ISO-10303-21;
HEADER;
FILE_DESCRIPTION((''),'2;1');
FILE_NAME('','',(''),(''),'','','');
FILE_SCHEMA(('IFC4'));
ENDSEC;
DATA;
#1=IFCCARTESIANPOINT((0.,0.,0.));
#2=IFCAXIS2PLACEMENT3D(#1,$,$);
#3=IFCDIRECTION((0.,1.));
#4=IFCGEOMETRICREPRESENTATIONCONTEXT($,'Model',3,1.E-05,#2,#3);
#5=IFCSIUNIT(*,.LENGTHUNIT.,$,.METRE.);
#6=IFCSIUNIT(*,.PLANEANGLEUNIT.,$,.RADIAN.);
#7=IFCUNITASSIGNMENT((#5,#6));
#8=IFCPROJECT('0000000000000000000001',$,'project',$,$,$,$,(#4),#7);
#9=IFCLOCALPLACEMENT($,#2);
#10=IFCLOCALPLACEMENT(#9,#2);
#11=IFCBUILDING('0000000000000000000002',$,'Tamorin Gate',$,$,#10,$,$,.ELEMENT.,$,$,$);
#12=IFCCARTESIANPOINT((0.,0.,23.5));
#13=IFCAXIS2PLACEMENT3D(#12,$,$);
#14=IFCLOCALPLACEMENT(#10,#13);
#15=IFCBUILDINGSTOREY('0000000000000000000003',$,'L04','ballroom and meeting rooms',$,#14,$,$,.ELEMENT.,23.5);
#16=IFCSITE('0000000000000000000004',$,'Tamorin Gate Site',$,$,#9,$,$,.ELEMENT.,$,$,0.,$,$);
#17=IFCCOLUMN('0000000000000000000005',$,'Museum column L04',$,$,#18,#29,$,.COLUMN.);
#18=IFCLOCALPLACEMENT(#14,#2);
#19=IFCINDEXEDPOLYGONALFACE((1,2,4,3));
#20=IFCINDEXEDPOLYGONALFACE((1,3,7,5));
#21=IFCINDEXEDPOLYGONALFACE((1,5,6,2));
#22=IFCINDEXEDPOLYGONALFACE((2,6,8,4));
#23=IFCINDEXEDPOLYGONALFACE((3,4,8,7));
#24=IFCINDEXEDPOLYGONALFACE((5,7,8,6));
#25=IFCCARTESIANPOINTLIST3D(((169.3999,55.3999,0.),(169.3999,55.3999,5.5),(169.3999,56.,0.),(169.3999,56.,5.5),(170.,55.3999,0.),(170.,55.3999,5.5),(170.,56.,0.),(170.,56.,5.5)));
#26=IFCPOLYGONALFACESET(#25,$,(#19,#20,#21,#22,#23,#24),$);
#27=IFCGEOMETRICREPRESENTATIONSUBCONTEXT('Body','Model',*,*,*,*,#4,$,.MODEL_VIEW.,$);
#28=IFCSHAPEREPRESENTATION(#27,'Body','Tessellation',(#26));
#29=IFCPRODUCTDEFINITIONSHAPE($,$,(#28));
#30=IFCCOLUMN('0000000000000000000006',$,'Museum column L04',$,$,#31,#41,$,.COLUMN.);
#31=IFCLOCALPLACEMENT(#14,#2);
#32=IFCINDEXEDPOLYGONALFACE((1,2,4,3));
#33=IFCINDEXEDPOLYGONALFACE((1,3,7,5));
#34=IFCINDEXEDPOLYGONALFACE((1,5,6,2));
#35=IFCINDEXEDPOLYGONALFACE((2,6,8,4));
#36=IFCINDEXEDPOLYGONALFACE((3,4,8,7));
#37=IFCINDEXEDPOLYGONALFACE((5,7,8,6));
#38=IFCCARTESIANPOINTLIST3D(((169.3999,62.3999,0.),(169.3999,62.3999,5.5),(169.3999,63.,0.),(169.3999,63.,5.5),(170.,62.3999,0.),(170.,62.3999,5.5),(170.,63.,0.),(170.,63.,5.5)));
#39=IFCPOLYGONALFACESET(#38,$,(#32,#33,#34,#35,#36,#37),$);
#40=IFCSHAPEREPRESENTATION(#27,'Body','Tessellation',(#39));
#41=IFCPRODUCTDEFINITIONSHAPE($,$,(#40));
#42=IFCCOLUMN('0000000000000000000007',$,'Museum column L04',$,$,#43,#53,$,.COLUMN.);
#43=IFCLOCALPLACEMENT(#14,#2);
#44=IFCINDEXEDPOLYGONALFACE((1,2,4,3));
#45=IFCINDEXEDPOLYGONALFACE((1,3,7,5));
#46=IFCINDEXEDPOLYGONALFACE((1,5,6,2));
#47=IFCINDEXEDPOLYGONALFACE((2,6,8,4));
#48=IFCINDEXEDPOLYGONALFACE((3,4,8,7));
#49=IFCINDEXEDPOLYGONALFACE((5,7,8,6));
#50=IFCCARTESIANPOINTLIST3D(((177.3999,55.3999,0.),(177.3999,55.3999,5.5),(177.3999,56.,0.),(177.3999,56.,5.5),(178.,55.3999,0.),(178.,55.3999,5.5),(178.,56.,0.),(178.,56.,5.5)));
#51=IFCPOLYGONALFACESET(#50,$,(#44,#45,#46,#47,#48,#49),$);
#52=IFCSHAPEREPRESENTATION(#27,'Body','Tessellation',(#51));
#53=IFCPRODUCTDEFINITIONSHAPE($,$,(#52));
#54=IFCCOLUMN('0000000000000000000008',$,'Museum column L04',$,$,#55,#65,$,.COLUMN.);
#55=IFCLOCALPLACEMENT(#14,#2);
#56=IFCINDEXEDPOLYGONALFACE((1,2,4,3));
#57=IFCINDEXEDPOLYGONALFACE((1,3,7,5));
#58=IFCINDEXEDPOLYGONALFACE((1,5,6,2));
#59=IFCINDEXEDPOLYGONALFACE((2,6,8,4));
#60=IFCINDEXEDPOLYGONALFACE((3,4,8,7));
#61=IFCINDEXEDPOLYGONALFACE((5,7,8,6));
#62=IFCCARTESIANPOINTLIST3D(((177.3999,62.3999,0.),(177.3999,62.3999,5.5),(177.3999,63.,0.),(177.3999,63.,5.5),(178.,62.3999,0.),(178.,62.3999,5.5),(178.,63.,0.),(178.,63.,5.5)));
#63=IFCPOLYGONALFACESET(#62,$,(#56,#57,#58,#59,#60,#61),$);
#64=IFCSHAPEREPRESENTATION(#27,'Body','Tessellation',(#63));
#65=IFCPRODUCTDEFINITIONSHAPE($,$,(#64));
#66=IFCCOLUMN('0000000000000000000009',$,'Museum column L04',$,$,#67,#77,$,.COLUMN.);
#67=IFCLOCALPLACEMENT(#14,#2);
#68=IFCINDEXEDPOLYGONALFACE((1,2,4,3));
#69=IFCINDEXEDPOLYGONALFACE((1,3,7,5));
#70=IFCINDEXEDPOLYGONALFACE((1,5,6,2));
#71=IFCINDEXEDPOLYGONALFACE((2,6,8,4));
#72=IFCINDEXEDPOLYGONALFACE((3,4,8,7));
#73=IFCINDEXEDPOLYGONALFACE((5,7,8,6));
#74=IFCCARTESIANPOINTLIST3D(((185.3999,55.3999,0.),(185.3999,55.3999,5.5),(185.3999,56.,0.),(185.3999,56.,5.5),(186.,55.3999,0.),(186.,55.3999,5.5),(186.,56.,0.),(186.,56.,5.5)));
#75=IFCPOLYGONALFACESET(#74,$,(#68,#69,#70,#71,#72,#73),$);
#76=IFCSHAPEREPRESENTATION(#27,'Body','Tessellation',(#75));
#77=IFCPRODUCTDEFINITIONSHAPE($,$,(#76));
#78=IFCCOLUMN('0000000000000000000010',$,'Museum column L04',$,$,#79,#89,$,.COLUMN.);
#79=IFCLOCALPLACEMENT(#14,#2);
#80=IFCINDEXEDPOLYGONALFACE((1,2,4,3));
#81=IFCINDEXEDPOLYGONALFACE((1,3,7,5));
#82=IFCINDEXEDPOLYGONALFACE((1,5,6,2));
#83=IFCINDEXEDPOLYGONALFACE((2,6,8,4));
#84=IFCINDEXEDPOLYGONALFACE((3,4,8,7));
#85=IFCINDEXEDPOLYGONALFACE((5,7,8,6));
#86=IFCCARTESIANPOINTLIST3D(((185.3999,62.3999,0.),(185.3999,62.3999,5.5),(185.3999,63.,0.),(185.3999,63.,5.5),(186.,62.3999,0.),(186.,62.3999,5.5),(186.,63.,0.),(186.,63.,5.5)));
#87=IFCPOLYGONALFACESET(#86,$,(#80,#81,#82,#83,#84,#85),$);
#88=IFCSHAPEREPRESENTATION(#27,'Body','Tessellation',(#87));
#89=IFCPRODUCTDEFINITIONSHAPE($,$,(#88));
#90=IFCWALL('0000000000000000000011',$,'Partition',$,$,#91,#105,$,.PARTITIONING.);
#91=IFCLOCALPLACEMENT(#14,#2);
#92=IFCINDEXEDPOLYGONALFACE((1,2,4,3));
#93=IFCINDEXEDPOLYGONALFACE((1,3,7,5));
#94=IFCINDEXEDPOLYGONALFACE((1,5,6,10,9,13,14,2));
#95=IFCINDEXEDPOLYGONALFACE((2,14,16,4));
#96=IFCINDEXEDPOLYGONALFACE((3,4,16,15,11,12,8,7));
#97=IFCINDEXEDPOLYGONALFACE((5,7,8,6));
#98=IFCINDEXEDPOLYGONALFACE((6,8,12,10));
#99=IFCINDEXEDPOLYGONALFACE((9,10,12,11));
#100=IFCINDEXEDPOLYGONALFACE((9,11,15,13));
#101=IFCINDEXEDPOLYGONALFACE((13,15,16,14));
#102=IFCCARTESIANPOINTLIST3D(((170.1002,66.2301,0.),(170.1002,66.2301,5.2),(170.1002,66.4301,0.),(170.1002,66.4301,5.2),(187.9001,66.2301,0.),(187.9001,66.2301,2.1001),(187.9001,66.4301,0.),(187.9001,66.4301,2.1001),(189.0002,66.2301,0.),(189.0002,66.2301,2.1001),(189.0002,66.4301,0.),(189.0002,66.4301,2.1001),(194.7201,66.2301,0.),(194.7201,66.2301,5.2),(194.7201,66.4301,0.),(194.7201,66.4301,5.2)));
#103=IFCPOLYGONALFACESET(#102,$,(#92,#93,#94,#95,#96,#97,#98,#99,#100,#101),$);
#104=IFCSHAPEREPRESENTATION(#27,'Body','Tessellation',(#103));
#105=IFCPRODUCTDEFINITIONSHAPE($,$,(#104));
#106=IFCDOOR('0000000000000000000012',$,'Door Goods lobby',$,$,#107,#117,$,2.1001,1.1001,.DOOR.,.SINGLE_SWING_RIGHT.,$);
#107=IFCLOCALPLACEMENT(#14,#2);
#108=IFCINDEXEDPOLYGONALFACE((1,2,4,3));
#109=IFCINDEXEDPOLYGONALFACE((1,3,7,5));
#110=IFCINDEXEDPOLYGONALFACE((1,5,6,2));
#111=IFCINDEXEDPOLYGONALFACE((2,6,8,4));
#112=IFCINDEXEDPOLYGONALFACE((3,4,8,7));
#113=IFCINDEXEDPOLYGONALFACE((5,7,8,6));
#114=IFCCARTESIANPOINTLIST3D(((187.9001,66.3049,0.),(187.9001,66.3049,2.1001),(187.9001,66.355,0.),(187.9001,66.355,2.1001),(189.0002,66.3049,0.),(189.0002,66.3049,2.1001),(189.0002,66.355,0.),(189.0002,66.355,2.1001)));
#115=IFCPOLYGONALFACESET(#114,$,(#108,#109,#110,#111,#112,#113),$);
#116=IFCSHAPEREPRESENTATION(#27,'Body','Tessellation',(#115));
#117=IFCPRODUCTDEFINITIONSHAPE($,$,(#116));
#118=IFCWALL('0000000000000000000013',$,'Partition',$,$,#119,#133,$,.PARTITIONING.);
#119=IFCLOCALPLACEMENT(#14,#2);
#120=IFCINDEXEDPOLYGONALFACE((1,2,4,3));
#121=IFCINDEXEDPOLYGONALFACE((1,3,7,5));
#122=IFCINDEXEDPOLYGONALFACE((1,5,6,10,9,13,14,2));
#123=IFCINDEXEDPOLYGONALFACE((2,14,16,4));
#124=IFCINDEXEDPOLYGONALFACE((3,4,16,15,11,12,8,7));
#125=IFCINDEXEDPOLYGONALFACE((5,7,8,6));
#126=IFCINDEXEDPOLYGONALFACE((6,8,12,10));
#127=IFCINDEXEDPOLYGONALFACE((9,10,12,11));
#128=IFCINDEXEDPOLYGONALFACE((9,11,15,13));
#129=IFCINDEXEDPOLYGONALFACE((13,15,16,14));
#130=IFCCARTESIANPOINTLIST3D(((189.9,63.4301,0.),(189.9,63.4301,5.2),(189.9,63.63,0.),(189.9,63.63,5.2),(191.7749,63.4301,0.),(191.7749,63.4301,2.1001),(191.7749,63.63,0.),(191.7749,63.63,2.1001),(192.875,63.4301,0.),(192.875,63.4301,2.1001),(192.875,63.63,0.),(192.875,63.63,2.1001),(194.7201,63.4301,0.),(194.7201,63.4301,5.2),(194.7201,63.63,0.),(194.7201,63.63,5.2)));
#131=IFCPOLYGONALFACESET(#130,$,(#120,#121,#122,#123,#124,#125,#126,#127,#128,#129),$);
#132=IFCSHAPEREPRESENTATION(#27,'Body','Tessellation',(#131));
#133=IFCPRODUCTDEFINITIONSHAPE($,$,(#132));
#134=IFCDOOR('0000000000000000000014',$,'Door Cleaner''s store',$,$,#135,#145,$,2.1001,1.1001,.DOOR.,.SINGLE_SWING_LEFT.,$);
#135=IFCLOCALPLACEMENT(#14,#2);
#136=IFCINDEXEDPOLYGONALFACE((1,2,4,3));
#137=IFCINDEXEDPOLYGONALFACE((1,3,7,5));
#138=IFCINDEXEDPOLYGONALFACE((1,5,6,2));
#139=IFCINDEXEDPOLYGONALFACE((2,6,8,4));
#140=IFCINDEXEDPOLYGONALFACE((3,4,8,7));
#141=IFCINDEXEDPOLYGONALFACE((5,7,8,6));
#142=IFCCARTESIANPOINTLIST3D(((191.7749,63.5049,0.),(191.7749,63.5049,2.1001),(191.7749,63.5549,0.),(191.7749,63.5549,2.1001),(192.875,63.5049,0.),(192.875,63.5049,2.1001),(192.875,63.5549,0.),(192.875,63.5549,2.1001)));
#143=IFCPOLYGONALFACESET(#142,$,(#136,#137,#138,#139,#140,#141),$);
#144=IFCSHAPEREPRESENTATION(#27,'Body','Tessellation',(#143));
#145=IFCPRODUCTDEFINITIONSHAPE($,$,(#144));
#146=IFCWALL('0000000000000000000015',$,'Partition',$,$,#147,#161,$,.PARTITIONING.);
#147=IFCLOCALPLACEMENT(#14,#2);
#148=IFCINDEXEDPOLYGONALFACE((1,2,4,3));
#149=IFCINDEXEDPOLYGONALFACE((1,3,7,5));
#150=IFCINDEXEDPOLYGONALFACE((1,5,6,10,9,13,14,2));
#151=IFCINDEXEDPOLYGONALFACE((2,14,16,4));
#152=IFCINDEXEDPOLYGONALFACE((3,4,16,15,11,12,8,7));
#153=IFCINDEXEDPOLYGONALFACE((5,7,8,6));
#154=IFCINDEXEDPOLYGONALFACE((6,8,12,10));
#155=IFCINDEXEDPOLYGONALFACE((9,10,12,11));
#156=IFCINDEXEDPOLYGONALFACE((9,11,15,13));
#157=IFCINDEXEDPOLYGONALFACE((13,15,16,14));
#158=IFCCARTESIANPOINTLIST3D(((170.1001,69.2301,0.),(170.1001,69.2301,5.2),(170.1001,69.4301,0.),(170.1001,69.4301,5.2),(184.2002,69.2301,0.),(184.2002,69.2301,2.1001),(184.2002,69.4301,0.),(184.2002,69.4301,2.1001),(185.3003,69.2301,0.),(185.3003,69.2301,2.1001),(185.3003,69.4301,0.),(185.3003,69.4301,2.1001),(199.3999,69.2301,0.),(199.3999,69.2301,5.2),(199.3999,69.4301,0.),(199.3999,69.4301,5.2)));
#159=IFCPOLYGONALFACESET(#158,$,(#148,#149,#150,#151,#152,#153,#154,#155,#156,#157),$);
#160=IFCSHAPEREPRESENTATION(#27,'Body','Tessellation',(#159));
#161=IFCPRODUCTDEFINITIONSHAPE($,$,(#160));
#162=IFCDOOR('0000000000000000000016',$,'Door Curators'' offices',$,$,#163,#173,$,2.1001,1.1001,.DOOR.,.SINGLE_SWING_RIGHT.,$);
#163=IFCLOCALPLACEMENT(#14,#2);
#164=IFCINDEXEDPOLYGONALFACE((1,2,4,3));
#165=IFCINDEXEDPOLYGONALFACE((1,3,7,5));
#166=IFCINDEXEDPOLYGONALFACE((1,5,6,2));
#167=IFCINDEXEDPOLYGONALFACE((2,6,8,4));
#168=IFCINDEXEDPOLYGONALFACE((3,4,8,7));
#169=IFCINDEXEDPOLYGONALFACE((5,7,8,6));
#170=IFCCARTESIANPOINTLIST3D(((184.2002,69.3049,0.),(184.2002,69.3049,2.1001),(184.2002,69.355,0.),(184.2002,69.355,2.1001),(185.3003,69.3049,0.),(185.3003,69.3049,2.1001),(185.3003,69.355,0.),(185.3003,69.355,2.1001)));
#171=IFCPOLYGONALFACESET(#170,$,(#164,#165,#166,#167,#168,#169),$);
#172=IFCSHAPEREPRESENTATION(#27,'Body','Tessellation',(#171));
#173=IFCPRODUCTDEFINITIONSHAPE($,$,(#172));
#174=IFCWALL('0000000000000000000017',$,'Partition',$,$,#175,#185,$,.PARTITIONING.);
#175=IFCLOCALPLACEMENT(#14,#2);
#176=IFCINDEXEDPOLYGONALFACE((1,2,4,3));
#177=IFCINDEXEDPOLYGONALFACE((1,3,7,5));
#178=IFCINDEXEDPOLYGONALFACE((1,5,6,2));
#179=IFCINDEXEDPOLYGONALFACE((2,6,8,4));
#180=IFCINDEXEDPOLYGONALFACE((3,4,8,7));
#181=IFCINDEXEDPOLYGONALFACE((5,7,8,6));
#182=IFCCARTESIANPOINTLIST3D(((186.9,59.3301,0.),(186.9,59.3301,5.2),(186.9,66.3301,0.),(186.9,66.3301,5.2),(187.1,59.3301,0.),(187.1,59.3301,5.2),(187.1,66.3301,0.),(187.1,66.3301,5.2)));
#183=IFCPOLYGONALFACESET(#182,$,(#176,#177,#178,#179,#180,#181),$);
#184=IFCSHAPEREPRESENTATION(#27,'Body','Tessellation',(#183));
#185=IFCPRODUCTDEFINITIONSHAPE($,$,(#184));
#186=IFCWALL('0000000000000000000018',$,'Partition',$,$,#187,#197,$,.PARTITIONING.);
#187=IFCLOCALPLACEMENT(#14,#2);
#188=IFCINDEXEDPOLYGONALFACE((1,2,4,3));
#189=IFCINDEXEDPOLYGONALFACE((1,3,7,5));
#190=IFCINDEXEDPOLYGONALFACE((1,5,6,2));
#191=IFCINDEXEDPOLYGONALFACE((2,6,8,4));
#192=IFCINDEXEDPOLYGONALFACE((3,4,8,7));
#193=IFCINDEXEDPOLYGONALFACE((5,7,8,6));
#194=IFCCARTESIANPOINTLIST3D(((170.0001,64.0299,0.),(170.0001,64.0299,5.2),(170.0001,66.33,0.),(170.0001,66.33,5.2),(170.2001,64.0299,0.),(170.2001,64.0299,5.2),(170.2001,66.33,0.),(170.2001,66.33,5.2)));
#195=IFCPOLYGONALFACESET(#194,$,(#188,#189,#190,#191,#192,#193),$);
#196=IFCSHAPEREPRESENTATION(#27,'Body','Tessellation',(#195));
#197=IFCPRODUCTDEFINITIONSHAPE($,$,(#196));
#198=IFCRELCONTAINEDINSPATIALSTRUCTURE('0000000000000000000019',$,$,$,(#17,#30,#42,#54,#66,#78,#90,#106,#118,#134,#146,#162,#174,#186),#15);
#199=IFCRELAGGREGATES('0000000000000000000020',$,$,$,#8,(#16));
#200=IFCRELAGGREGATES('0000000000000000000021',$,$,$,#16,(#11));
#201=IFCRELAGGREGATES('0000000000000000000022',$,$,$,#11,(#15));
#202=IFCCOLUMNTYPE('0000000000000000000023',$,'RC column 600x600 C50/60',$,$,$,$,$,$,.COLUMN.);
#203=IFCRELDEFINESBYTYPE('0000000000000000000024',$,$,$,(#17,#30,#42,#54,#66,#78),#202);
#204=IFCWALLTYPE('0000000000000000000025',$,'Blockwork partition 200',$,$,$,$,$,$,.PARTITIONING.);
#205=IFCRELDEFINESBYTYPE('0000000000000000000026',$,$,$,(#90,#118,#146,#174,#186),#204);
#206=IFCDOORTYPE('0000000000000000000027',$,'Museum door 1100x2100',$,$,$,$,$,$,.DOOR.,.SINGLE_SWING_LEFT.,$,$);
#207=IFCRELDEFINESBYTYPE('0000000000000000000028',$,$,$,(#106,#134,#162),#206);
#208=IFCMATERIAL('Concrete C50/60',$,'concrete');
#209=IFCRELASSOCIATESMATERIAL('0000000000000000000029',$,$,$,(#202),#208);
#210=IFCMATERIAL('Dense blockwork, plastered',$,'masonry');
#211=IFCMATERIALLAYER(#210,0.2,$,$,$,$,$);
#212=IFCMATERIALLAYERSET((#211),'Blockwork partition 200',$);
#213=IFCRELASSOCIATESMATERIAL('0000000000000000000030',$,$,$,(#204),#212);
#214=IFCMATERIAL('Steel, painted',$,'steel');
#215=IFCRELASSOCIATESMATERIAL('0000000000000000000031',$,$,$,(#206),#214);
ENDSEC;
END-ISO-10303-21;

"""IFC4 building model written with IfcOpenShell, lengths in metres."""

from ifc_helpers import new_model, si_unit, direction, frame, frame_2d, origin, origin_2d, place, context, subcontext, project, spatial, rectangle, extrude, material, layer, layer_set, material_profile, profile_set, type_object, element, fill, save


model = new_model("IFC4")

# Units and contexts
model_context = context("Model", 3, precision=1e-05, world=origin(), true_north=direction((0.0, 1.0)))
body_context = subcontext(model_context, "Body", "Model", "MODEL_VIEW")
ifc_project = project(units=[si_unit("LENGTHUNIT", "METRE"), si_unit("PLANEANGLEUNIT", "RADIAN")], contexts=[model_context])

# Site, building, storey
site_placement = place(None, origin())
site = spatial("IfcSite", under=ifc_project, at=site_placement, Name="Tamorin Gate Site", CompositionType="ELEMENT", RefElevation=0.0)
building_placement = place(site_placement, origin())
building = spatial("IfcBuilding", under=site, at=building_placement, Name="Tamorin Gate", CompositionType="ELEMENT")
storey_placement = place(building_placement, frame((0.0, 0.0, 23.5)))
storey = spatial("IfcBuildingStorey", under=building, at=storey_placement, Name="L04", Description="ballroom and meeting rooms", CompositionType="ELEMENT", Elevation=23.5)

# Columns
ifc_material_1 = material(Name="Concrete C50/60", Category="concrete")
ifc_material_profile = material_profile(ifc_material_1, rectangle(XDim=0.6001, YDim=0.6001, at=origin_2d()))
ifc_profile_set = profile_set([ifc_material_profile], Name="Concrete C50/60")
column_type = type_object("IfcColumnType", Name="RC column 600x600 C50/60", PredefinedType="COLUMN", material=ifc_profile_set)
for number, where, z_axis, x_axis, name in (
    (1, (169.7, 55.7, 0.0), (0.0, 0.0, 1.0), (1.0, 0.0, 0.0), "Museum column L04"),
    (2, (169.7, 62.7, 0.0), (0.0, 0.0, 1.0), (1.0, 0.0, 0.0), "Museum column L04"),
    (3, (177.7, 55.7, 0.0), (0.0, 0.0, 1.0), (1.0, 0.0, 0.0), "Museum column L04"),
    (4, (177.7, 62.7, 0.0), (0.0, 0.0, 1.0), (1.0, 0.0, 0.0), "Museum column L04"),
    (5, (185.7, 55.7, 0.0), (0.0, 0.0, 1.0), (1.0, 0.0, 0.0), "Museum column L04"),
    (6, (185.7, 62.7, 0.0), (0.0, 0.0, 1.0), (1.0, 0.0, 0.0), "Museum column L04"),
):
    element("IfcColumn", number, at=place(storey_placement, frame(where, z_axis=z_axis, x_axis=x_axis)), inside=storey, type_object=column_type, Name=name, PredefinedType="COLUMN", context=body_context, shape_type="SweptSolid", body=[
        extrude(rectangle(XDim=0.6001, YDim=0.6001, at=origin_2d()), origin(), (0.0, 0.0, 1.0), 5.5),
    ])

# Walls, openings, doors
ifc_material_2 = material(Name="Dense blockwork, plastered", Category="masonry")
ifc_layer_1 = layer(ifc_material_2, 0.2)
ifc_layer_set_1 = layer_set([ifc_layer_1], Name="Blockwork partition 200")
wall_type_1 = type_object("IfcWallType", Name="Blockwork partition 200", PredefinedType="PARTITIONING", material=ifc_layer_set_1)
wall_1_placement = place(storey_placement, frame((170.1001, 66.3301, 0.0), z_axis=(0.0, 0.0, 1.0), x_axis=(1.0, 0.0, 0.0)))
wall_1 = element("IfcWall", 7, at=wall_1_placement, inside=storey, type_object=wall_type_1, Name="Partition", PredefinedType="PARTITIONING", context=body_context, shape_type="SweptSolid", body=[
    extrude(rectangle(XDim=24.6199, YDim=0.2, at=frame_2d((12.3101, 0.0))), origin(), (0.0, 0.0, 1.0), 5.2),
])
opening_1_placement = place(wall_1_placement, frame((17.8, 0.0, 0.0)))
opening_1 = element("IfcOpeningElement", 8, at=opening_1_placement, cuts=wall_1, PredefinedType="OPENING", context=body_context, shape_type="SweptSolid", body=[
    extrude(rectangle(XDim=1.1001, YDim=2.1001, at=frame_2d((0.55, 1.05))), frame((0.0, 0.1099, 0.0), z_axis=(0.0, -1.0, 0.0), x_axis=(1.0, 0.0, 0.0)), (0.0, 0.0, 1.0), 0.22),
])
ifc_material_3 = material(Name="Steel, painted", Category="steel")
door_type_1 = type_object("IfcDoorType", Name="Museum door 1100x2100", OperationType="SINGLE_SWING_LEFT", PredefinedType="DOOR", material=ifc_material_3)
door_1_placement = place(opening_1_placement, origin())
door_1 = element("IfcDoor", 9, at=door_1_placement, inside=storey, type_object=door_type_1, Name="Door Goods lobby", OperationType="SINGLE_SWING_RIGHT", OverallHeight=2.1001, OverallWidth=1.1001, PredefinedType="DOOR", context=body_context, shape_type="SweptSolid", body=[
    extrude(rectangle(XDim=1.1001, YDim=2.1001, at=frame_2d((0.55, 1.05))), frame((0.0, 0.0249, 0.0), z_axis=(0.0, -1.0, 0.0), x_axis=(1.0, 0.0, 0.0)), (0.0, 0.0, 1.0), 0.05),
])
fill(opening_1, door_1)
wall_2_placement = place(storey_placement, frame((189.8999, 63.53, 0.0), z_axis=(0.0, 0.0, 1.0), x_axis=(1.0, 0.0, 0.0)))
wall_2 = element("IfcWall", 10, at=wall_2_placement, inside=storey, type_object=wall_type_1, Name="Partition", PredefinedType="PARTITIONING", context=body_context, shape_type="SweptSolid", body=[
    extrude(rectangle(XDim=4.8201, YDim=0.2, at=frame_2d((2.4102, 0.0))), origin(), (0.0, 0.0, 1.0), 5.2),
])
opening_2_placement = place(wall_2_placement, frame((1.875, 0.0, 0.0)))
opening_2 = element("IfcOpeningElement", 11, at=opening_2_placement, cuts=wall_2, PredefinedType="OPENING", context=body_context, shape_type="SweptSolid", body=[
    extrude(rectangle(XDim=1.1001, YDim=2.1001, at=frame_2d((0.55, 1.05))), frame((0.0, 0.1099, 0.0), z_axis=(0.0, -1.0, 0.0), x_axis=(1.0, 0.0, 0.0)), (0.0, 0.0, 1.0), 0.22),
])
door_2_placement = place(opening_2_placement, origin())
door_2 = element("IfcDoor", 12, at=door_2_placement, inside=storey, type_object=door_type_1, Name="Door Cleaner's store", OperationType="SINGLE_SWING_LEFT", OverallHeight=2.1001, OverallWidth=1.1001, PredefinedType="DOOR", context=body_context, shape_type="SweptSolid", body=[
    extrude(rectangle(XDim=1.1001, YDim=2.1001, at=frame_2d((0.55, 1.05))), frame((0.0, 0.0249, 0.0), z_axis=(0.0, -1.0, 0.0), x_axis=(1.0, 0.0, 0.0)), (0.0, 0.0, 1.0), 0.05),
])
fill(opening_2, door_2)
wall_3_placement = place(storey_placement, frame((170.1001, 69.3301, 0.0), z_axis=(0.0, 0.0, 1.0), x_axis=(1.0, 0.0, 0.0)))
wall_3 = element("IfcWall", 13, at=wall_3_placement, inside=storey, type_object=wall_type_1, Name="Partition", PredefinedType="PARTITIONING", context=body_context, shape_type="SweptSolid", body=[
    extrude(rectangle(XDim=29.2998, YDim=0.2, at=frame_2d((14.6499, 0.0))), origin(), (0.0, 0.0, 1.0), 5.2),
])
opening_3_placement = place(wall_3_placement, frame((14.1001, 0.0, 0.0)))
opening_3 = element("IfcOpeningElement", 14, at=opening_3_placement, cuts=wall_3, PredefinedType="OPENING", context=body_context, shape_type="SweptSolid", body=[
    extrude(rectangle(XDim=1.1001, YDim=2.1001, at=frame_2d((0.55, 1.05))), frame((0.0, 0.1099, 0.0), z_axis=(0.0, -1.0, 0.0), x_axis=(1.0, 0.0, 0.0)), (0.0, 0.0, 1.0), 0.22),
])
door_3_placement = place(opening_3_placement, origin())
door_3 = element("IfcDoor", 15, at=door_3_placement, inside=storey, type_object=door_type_1, Name="Door Curators' offices", OperationType="SINGLE_SWING_RIGHT", OverallHeight=2.1001, OverallWidth=1.1001, PredefinedType="DOOR", context=body_context, shape_type="SweptSolid", body=[
    extrude(rectangle(XDim=1.1001, YDim=2.1001, at=frame_2d((0.55, 1.05))), frame((0.0, 0.0249, 0.0), z_axis=(0.0, -1.0, 0.0), x_axis=(1.0, 0.0, 0.0)), (0.0, 0.0, 1.0), 0.05),
])
fill(opening_3, door_3)

# Walls
wall_4_placement = place(storey_placement, frame((187.0, 59.3301, 0.0), z_axis=(0.0, 0.0, 1.0), x_axis=(0.0, 1.0, 0.0)))
element("IfcWall", 16, at=wall_4_placement, inside=storey, type_object=wall_type_1, Name="Partition", PredefinedType="PARTITIONING", context=body_context, shape_type="SweptSolid", body=[
    extrude(rectangle(XDim=7.0, YDim=0.2, at=frame_2d((3.5, 0.0))), origin(), (0.0, 0.0, 1.0), 5.2),
])
wall_5_placement = place(storey_placement, frame((170.1001, 64.03, 0.0), z_axis=(0.0, 0.0, 1.0), x_axis=(0.0, 1.0, 0.0)))
element("IfcWall", 17, at=wall_5_placement, inside=storey, type_object=wall_type_1, Name="Partition", PredefinedType="PARTITIONING", context=body_context, shape_type="SweptSolid", body=[
    extrude(rectangle(XDim=2.3, YDim=0.2, at=frame_2d((1.1499, 0.0))), origin(), (0.0, 0.0, 1.0), 5.2),
])

save(model, "model.ifc")
